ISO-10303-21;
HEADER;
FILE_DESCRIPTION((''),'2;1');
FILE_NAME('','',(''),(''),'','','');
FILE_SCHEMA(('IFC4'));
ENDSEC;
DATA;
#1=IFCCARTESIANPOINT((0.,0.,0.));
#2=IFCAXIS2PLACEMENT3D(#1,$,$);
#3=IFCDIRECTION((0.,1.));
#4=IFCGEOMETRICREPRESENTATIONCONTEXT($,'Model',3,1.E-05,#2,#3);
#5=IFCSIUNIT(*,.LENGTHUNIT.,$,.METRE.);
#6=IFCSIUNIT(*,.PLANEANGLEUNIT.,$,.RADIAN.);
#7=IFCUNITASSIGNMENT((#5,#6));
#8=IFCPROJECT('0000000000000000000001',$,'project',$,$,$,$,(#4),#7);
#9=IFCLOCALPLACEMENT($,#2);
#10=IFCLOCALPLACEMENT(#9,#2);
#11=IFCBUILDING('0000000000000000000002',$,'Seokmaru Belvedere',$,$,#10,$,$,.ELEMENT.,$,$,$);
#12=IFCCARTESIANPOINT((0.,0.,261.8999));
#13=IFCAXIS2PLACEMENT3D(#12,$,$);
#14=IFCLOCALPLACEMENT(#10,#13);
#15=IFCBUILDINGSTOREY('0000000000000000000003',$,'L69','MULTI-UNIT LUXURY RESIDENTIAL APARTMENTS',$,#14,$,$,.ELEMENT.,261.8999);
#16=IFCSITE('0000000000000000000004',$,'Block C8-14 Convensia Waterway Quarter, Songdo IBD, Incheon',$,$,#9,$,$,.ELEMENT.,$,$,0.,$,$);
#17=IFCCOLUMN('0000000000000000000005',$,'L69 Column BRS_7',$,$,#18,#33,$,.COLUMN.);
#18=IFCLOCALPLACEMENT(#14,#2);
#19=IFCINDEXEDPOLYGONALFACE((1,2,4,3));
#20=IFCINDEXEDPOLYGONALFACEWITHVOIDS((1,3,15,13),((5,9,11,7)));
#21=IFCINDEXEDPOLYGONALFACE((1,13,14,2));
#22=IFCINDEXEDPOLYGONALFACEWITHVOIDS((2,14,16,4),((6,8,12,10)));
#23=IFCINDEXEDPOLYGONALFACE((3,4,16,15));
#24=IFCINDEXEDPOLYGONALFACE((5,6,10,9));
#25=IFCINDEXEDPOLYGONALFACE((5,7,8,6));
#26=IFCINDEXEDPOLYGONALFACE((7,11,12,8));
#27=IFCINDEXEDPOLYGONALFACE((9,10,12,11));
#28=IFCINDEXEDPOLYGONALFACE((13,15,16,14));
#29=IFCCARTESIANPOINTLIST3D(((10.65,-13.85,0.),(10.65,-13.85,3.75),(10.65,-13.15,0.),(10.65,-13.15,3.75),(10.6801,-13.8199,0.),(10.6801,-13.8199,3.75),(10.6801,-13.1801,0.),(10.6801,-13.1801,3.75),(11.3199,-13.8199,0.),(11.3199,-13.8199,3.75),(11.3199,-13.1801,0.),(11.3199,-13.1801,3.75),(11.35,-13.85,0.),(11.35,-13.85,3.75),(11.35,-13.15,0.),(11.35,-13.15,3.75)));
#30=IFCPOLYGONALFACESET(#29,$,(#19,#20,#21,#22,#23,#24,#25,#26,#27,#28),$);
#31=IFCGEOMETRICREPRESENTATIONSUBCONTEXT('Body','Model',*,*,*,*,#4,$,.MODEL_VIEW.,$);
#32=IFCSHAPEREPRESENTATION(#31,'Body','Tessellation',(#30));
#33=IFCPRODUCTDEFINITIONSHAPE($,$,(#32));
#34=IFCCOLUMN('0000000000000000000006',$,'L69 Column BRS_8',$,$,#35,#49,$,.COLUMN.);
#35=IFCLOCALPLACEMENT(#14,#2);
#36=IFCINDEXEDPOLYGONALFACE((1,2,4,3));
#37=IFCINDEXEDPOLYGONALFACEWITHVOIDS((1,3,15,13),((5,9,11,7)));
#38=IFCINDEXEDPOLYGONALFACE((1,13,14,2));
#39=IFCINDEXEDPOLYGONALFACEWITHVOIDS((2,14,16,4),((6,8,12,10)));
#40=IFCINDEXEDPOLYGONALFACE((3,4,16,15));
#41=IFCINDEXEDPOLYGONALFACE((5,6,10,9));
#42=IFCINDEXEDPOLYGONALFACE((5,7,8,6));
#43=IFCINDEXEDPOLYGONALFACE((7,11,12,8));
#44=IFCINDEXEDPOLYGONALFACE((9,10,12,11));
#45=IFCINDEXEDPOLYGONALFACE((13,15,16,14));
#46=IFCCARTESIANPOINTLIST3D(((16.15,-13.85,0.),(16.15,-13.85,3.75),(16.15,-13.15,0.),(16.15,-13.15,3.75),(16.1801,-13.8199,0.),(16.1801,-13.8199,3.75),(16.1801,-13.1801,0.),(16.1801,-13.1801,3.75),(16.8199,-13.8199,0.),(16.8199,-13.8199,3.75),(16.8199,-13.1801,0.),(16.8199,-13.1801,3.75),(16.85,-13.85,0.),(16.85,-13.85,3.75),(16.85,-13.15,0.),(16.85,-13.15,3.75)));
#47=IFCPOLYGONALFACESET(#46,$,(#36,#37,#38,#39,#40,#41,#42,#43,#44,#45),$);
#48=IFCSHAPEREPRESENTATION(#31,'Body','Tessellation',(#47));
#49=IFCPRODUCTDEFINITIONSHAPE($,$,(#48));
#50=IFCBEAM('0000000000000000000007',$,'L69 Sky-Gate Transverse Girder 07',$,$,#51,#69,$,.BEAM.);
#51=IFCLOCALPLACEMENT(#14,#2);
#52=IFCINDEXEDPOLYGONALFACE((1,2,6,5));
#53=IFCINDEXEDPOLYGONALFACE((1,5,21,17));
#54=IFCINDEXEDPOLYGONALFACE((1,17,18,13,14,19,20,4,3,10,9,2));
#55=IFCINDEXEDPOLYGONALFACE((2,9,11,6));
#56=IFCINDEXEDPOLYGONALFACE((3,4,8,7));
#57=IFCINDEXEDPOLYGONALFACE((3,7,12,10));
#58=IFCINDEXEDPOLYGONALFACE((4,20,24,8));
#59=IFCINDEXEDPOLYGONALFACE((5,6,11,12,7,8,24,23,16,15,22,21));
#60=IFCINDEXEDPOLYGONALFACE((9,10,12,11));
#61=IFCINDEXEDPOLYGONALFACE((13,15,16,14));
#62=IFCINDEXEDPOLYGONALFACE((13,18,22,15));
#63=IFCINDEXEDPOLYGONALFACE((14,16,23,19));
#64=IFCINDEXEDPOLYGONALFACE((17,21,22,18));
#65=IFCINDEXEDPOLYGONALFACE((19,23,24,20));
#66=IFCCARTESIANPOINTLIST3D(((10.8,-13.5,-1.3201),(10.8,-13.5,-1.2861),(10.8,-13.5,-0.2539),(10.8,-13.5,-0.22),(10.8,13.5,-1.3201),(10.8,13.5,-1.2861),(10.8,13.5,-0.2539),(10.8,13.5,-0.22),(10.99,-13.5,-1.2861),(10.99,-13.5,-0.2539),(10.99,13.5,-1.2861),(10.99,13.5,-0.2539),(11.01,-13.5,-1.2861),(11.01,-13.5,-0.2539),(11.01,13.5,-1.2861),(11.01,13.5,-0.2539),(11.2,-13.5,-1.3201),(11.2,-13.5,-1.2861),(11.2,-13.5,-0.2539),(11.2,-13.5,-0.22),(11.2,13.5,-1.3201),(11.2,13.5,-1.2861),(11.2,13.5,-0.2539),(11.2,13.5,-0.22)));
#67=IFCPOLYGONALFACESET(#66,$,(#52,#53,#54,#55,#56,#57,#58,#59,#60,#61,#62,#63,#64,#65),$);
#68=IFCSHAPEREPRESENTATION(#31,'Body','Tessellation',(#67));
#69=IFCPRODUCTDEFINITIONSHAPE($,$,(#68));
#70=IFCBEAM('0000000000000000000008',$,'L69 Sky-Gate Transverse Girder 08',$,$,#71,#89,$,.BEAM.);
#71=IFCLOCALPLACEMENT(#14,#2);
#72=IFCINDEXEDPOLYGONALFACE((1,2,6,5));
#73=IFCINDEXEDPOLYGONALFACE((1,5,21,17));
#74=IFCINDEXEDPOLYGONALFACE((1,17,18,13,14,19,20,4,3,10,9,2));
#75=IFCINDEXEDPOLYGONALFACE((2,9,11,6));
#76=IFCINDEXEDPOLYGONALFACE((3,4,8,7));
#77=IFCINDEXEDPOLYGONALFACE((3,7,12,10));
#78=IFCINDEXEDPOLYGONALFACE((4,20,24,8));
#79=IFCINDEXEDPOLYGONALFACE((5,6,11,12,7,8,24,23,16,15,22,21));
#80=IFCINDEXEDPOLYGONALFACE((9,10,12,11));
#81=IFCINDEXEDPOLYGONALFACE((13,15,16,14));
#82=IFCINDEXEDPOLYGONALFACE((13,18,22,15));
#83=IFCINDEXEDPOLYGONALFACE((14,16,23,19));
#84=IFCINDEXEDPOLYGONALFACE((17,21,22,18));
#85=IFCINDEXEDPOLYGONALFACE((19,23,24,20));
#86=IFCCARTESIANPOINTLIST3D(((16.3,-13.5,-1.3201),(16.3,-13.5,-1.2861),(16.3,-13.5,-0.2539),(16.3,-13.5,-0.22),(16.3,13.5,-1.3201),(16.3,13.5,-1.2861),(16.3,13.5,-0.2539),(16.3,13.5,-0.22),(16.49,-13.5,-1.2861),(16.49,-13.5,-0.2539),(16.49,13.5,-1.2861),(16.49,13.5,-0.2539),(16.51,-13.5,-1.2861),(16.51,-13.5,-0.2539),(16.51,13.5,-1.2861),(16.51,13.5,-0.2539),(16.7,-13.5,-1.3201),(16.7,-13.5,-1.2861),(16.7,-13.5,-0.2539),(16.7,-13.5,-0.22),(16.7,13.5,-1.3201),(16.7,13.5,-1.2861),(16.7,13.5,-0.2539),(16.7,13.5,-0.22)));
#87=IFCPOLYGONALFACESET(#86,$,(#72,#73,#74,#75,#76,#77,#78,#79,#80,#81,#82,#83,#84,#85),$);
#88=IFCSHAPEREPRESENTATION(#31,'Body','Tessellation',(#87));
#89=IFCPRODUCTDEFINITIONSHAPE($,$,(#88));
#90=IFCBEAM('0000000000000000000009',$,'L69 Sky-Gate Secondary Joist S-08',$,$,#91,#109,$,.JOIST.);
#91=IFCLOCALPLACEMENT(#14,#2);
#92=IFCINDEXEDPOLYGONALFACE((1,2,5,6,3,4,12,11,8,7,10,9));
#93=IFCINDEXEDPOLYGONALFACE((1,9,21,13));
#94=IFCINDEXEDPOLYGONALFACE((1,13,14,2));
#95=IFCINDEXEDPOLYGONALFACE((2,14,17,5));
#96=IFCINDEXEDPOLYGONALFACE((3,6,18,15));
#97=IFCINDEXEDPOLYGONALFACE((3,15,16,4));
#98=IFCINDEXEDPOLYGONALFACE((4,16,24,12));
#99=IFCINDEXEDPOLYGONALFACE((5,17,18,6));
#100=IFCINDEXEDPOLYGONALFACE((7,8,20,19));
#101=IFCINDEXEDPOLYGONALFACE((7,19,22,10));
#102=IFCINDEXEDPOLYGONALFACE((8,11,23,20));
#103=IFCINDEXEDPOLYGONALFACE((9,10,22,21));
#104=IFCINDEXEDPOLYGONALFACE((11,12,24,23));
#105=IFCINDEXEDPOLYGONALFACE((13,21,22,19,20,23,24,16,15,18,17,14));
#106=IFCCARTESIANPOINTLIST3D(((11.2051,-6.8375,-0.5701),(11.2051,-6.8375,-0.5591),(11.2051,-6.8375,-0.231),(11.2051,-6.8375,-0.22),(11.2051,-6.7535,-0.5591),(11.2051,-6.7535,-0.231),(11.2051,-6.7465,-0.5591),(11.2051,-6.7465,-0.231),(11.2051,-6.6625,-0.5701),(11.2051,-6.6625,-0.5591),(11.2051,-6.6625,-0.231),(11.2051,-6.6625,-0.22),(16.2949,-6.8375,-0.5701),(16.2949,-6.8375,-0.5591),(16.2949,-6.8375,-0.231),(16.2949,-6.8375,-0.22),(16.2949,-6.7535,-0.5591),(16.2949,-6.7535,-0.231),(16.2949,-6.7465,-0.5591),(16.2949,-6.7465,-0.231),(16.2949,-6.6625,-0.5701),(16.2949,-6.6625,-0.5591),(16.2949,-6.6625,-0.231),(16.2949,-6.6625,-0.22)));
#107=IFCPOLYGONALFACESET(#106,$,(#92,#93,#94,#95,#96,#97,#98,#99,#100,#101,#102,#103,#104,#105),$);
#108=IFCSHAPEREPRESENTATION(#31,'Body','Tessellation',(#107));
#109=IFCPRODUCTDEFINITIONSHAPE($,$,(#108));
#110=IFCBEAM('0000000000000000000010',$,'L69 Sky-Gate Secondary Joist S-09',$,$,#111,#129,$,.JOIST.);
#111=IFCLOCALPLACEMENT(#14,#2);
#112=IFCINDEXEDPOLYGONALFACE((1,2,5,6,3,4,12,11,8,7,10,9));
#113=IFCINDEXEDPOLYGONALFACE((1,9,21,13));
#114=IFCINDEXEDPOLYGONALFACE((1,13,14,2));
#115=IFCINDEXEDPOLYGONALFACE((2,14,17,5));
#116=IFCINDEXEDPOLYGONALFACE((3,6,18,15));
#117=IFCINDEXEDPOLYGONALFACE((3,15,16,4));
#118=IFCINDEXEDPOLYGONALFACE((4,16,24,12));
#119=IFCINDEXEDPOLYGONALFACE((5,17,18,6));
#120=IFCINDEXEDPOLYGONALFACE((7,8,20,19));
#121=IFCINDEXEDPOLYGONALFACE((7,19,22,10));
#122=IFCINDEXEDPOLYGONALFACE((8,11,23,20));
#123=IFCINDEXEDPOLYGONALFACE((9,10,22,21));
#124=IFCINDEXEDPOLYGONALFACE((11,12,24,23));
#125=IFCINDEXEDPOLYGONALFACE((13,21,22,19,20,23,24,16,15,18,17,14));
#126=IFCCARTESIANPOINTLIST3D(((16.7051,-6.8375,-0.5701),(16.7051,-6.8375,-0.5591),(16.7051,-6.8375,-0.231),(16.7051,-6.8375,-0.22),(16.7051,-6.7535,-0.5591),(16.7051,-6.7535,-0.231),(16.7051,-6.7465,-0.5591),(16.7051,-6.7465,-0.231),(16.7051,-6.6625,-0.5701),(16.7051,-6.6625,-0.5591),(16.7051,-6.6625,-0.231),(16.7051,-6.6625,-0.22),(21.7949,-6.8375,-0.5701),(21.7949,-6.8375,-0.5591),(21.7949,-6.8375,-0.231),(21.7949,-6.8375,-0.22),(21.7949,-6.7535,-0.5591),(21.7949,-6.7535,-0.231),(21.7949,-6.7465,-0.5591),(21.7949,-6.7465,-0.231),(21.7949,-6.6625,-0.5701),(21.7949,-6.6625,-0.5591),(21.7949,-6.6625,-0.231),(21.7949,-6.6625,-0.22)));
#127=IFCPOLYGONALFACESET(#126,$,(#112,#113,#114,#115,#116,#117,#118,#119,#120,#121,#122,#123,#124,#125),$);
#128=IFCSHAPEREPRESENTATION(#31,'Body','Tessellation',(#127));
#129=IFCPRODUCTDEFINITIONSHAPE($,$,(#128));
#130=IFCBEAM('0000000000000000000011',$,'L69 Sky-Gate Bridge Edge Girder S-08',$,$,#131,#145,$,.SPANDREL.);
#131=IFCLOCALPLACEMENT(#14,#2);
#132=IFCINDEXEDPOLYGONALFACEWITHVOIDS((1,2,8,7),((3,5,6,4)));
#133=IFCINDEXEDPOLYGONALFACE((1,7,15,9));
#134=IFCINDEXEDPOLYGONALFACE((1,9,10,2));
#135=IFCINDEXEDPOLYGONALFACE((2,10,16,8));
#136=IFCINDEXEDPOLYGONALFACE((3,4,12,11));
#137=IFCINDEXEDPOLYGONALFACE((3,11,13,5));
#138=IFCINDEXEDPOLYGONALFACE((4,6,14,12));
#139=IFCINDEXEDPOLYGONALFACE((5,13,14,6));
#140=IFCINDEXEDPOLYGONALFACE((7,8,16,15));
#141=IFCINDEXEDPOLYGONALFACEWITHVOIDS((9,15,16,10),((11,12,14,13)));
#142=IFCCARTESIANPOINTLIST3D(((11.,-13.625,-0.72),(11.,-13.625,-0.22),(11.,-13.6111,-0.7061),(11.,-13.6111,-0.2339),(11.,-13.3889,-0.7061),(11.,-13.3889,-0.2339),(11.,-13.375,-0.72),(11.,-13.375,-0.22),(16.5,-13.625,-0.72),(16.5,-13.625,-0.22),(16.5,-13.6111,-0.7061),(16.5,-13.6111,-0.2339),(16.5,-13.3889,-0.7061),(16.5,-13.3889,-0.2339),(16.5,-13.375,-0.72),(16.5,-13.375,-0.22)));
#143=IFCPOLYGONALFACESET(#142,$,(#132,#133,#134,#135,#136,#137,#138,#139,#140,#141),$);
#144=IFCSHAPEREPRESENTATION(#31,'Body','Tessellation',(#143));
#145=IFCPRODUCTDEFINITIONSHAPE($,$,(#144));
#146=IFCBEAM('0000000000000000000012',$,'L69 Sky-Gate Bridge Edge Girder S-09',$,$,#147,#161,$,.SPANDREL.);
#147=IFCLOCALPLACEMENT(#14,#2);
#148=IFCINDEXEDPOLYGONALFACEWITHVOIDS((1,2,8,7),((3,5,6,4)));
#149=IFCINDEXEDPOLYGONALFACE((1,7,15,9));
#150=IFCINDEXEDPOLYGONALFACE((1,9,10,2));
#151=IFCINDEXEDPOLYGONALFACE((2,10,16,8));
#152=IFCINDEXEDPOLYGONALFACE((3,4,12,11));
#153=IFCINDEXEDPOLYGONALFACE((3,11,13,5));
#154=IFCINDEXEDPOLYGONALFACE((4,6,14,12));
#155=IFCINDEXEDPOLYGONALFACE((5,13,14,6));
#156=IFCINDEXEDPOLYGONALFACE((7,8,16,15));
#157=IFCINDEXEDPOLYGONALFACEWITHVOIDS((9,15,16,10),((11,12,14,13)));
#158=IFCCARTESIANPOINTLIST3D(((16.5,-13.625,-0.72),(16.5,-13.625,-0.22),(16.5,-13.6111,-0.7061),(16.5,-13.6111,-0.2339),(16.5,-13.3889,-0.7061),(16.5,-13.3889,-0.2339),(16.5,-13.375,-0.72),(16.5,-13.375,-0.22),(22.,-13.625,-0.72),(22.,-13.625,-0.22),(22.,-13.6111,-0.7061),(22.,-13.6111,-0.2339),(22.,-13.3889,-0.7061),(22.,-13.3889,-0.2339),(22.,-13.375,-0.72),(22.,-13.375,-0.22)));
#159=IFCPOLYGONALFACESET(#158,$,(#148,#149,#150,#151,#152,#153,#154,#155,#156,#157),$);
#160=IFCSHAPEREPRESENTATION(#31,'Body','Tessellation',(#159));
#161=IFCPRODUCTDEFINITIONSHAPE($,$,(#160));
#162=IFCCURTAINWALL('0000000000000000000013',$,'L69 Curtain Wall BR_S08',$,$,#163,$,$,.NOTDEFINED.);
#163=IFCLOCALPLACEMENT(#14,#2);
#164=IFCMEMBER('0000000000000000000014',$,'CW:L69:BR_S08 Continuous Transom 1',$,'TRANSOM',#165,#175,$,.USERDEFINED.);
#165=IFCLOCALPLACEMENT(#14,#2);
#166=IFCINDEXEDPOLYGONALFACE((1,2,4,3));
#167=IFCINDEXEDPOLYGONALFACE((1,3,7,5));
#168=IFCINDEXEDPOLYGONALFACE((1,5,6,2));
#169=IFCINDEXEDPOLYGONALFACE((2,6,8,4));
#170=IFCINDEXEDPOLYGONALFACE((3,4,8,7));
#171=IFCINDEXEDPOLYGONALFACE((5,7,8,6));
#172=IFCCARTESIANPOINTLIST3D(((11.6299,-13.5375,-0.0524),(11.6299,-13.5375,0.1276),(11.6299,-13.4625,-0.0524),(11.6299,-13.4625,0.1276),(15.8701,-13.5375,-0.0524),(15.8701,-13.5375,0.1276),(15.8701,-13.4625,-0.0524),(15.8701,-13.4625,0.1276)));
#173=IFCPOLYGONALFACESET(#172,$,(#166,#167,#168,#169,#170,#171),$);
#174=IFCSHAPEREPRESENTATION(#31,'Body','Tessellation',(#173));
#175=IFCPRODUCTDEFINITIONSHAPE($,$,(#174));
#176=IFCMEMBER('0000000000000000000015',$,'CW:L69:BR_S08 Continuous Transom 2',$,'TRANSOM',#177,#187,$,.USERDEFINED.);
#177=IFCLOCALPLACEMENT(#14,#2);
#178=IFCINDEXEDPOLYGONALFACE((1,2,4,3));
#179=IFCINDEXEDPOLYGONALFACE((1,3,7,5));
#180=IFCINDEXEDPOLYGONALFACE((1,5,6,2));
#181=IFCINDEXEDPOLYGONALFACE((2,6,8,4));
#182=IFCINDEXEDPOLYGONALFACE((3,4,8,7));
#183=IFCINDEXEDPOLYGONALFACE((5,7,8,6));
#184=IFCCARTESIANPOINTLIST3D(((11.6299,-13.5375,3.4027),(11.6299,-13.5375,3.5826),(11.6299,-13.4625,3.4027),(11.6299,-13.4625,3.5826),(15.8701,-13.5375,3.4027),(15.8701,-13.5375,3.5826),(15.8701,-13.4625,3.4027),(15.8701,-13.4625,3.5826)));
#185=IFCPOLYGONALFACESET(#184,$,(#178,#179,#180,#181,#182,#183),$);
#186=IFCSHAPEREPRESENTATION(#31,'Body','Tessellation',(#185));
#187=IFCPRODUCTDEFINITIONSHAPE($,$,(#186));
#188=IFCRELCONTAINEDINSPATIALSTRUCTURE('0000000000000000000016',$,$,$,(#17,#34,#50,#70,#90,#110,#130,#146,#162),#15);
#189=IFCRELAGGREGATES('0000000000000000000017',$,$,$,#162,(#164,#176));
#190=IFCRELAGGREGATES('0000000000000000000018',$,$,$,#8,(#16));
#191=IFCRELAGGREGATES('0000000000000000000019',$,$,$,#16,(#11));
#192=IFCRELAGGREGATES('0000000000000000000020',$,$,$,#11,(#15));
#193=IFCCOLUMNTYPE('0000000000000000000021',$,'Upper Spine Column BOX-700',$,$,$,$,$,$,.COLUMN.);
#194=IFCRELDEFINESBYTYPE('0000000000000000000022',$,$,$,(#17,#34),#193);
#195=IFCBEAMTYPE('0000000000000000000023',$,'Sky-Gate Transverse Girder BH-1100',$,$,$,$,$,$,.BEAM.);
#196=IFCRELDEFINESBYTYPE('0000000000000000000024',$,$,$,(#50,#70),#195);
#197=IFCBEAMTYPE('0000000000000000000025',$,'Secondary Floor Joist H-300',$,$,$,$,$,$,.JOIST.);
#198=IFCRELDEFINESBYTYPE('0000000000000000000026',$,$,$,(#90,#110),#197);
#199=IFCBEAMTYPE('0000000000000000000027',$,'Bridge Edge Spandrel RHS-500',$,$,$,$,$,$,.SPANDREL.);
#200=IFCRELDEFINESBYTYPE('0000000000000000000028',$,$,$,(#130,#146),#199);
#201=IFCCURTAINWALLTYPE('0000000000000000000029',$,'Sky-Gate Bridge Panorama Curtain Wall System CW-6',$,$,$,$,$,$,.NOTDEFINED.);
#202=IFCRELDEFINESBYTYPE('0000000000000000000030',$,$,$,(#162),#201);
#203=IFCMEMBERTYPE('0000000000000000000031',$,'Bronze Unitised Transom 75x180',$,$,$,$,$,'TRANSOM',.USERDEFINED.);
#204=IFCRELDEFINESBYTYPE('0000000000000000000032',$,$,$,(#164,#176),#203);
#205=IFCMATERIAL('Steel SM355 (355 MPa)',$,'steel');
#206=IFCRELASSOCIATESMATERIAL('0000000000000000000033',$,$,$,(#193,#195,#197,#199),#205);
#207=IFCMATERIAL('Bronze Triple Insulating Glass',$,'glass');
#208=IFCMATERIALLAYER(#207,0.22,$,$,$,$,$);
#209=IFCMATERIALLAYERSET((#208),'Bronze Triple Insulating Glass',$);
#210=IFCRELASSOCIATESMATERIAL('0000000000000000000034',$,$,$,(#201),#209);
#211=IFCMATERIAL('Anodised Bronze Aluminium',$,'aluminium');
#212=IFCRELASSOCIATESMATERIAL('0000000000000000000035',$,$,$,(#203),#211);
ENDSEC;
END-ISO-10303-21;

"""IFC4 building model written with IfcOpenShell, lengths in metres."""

from ifc_helpers import new_model, si_unit, direction, frame, origin, origin_2d, place, context, subcontext, project, spatial, rectangle, hollow_rectangle, i_section, extrude, source, transform, mapped, material, layer, layer_set, material_profile, profile_set, type_object, type_shapes, element, aggregate, save


model = new_model("IFC4")

# Units and contexts
model_context = context("Model", 3, precision=1e-05, world=origin(), true_north=direction((0.0, 1.0)))
body_context = subcontext(model_context, "Body", "Model", "MODEL_VIEW")
ifc_project = project(units=[si_unit("LENGTHUNIT", "METRE"), si_unit("PLANEANGLEUNIT", "RADIAN")], contexts=[model_context])

# Site, building, storey
site_placement = place(None, origin())
site = spatial("IfcSite", under=ifc_project, at=site_placement, Name="Block C8-14 Convensia Waterway Quarter, Songdo IBD, Incheon", CompositionType="ELEMENT", RefElevation=0.0)
building_placement = place(site_placement, origin())
building = spatial("IfcBuilding", under=site, at=building_placement, Name="Seokmaru Belvedere", CompositionType="ELEMENT")
storey_placement = place(building_placement, frame((0.0, 0.0, 261.8999)))
storey = spatial("IfcBuildingStorey", under=building, at=storey_placement, Name="L69", Description="MULTI-UNIT LUXURY RESIDENTIAL APARTMENTS", CompositionType="ELEMENT", Elevation=261.8999)

# Columns
ifc_material_1 = material(Name="Steel SM355 (355 MPa)", Category="steel")
ifc_material_profile_1 = material_profile(ifc_material_1, hollow_rectangle(XDim=0.7, YDim=0.7, WallThickness=0.03, at=origin_2d()), Name="BOX-700x700x30")
ifc_profile_set_1 = profile_set([ifc_material_profile_1], Name="Steel SM355 (355 MPa)")
column_type = type_object("IfcColumnType", Name="Upper Spine Column BOX-700", PredefinedType="COLUMN", material=ifc_profile_set_1)
shared_shape_1 = source(origin(), body_context, "Body", "SweptSolid", [
    extrude(hollow_rectangle(XDim=0.7, YDim=0.7, WallThickness=0.03, at=origin_2d()), origin(), (0.0, 0.0, 1.0), 3.75),
])
type_shapes(column_type, [shared_shape_1])
for number, where, z_axis, x_axis, name in (
    (1, (11.0, -13.5, 0.0), (0.0, 0.0, 1.0), (1.0, 0.0, 0.0), "L69 Column BRS_7"),
    (2, (16.5, -13.5, 0.0), (0.0, 0.0, 1.0), (1.0, 0.0, 0.0), "L69 Column BRS_8"),
):
    element("IfcColumn", number, at=place(storey_placement, frame(where, z_axis=z_axis, x_axis=x_axis)), inside=storey, type_object=column_type, Name=name, PredefinedType="COLUMN", context=body_context, shape_type="MappedRepresentation", body=[
        mapped(shared_shape_1, transform((0.0, 0.0, 0.0), scale=1.0)),
    ])

# Beams
ifc_material_profile_2 = material_profile(ifc_material_1, i_section(OverallWidth=0.3999, OverallDepth=1.1001, WebThickness=0.02, FlangeThickness=0.0339, at=origin_2d()), Name="BH-1100x400x20x34")
ifc_profile_set_2 = profile_set([ifc_material_profile_2], Name="Steel SM355 (355 MPa)")
beam_type_1 = type_object("IfcBeamType", Name="Sky-Gate Transverse Girder BH-1100", PredefinedType="BEAM", material=ifc_profile_set_2)
shared_shape_2 = source(origin(), body_context, "Body", "SweptSolid", [
    extrude(i_section(OverallWidth=0.3999, OverallDepth=1.1001, WebThickness=0.02, FlangeThickness=0.0339, at=origin_2d()), origin(), (0.0, 0.0, 1.0), 27.0),
])
type_shapes(beam_type_1, [shared_shape_2])
for number, where, z_axis, x_axis, name in (
    (3, (11.0, -13.5, -0.77), (0.0, 1.0, 0.0), (-1.0, 0.0, 0.0), "L69 Sky-Gate Transverse Girder 07"),
    (4, (16.5, -13.5, -0.77), (0.0, 1.0, 0.0), (-1.0, 0.0, 0.0), "L69 Sky-Gate Transverse Girder 08"),
):
    element("IfcBeam", number, at=place(storey_placement, frame(where, z_axis=z_axis, x_axis=x_axis)), inside=storey, type_object=beam_type_1, Name=name, PredefinedType="BEAM", context=body_context, shape_type="MappedRepresentation", body=[
        mapped(shared_shape_2, transform((0.0, 0.0, 0.0), scale=1.0)),
    ])
ifc_material_profile_3 = material_profile(ifc_material_1, i_section(OverallWidth=0.175, OverallDepth=0.3501, WebThickness=0.0071, FlangeThickness=0.011, at=origin_2d()), Name="H-350x175x7x11")
ifc_profile_set_3 = profile_set([ifc_material_profile_3], Name="Steel SM355 (355 MPa)")
beam_type_2 = type_object("IfcBeamType", Name="Secondary Floor Joist H-300", PredefinedType="JOIST", material=ifc_profile_set_3)
shared_shape_3 = source(origin(), body_context, "Body", "SweptSolid", [
    extrude(i_section(OverallWidth=0.175, OverallDepth=0.3501, WebThickness=0.0071, FlangeThickness=0.011, at=origin_2d()), origin(), (0.0, 0.0, 1.0), 5.0898),
])
type_shapes(beam_type_2, [shared_shape_3])
for number, where, z_axis, x_axis, name in (
    (5, (11.2051, -6.75, -0.395), (1.0, 0.0, 0.0), (0.0, 1.0, 0.0), "L69 Sky-Gate Secondary Joist S-08"),
    (6, (16.7051, -6.75, -0.395), (1.0, 0.0, 0.0), (0.0, 1.0, 0.0), "L69 Sky-Gate Secondary Joist S-09"),
):
    element("IfcBeam", number, at=place(storey_placement, frame(where, z_axis=z_axis, x_axis=x_axis)), inside=storey, type_object=beam_type_2, Name=name, PredefinedType="JOIST", context=body_context, shape_type="MappedRepresentation", body=[
        mapped(shared_shape_3, transform((0.0, 0.0, 0.0), scale=1.0)),
    ])
ifc_material_profile_4 = material_profile(ifc_material_1, hollow_rectangle(XDim=0.25, YDim=0.5, WallThickness=0.0139, at=origin_2d()), Name="RHS-500x250x14")
ifc_profile_set_4 = profile_set([ifc_material_profile_4], Name="Steel SM355 (355 MPa)")
beam_type_3 = type_object("IfcBeamType", Name="Bridge Edge Spandrel RHS-500", PredefinedType="SPANDREL", material=ifc_profile_set_4)
shared_shape_4 = source(origin(), body_context, "Body", "SweptSolid", [
    extrude(hollow_rectangle(XDim=0.25, YDim=0.5, WallThickness=0.0139, at=origin_2d()), origin(), (0.0, 0.0, 1.0), 5.5),
])
type_shapes(beam_type_3, [shared_shape_4])
for number, where, z_axis, x_axis, name in (
    (7, (11.0, -13.5, -0.47), (1.0, 0.0, 0.0), (0.0, 1.0, 0.0), "L69 Sky-Gate Bridge Edge Girder S-08"),
    (8, (16.5, -13.5, -0.47), (1.0, 0.0, 0.0), (0.0, 1.0, 0.0), "L69 Sky-Gate Bridge Edge Girder S-09"),
):
    element("IfcBeam", number, at=place(storey_placement, frame(where, z_axis=z_axis, x_axis=x_axis)), inside=storey, type_object=beam_type_3, Name=name, PredefinedType="SPANDREL", context=body_context, shape_type="MappedRepresentation", body=[
        mapped(shared_shape_4, transform((0.0, 0.0, 0.0), scale=1.0)),
    ])

# Curtain wall, members
ifc_material_2 = material(Name="Bronze Triple Insulating Glass", Category="glass")
ifc_layer_1 = layer(ifc_material_2, 0.22)
ifc_layer_set_1 = layer_set([ifc_layer_1], Name="Bronze Triple Insulating Glass")
curtain_wall_type = type_object("IfcCurtainWallType", Name="Sky-Gate Bridge Panorama Curtain Wall System CW-6", PredefinedType="NOTDEFINED", material=ifc_layer_set_1)
curtain_wall_1_placement = place(storey_placement, origin())
curtain_wall_1 = element("IfcCurtainWall", 9, at=curtain_wall_1_placement, inside=storey, type_object=curtain_wall_type, Name="L69 Curtain Wall BR_S08", PredefinedType="NOTDEFINED")
ifc_material_3 = material(Name="Anodised Bronze Aluminium", Category="aluminium")
ifc_material_profile_5 = material_profile(ifc_material_3, rectangle(XDim=0.075, YDim=0.1799, at=origin_2d()), Name="CW-T-75x180")
ifc_profile_set_5 = profile_set([ifc_material_profile_5], Name="Anodised Bronze Aluminium")
member_type_1 = type_object("IfcMemberType", Name="Bronze Unitised Transom 75x180", ElementType="TRANSOM", PredefinedType="USERDEFINED", material=ifc_profile_set_5)
shared_shape_5 = source(origin(), body_context, "Body", "SweptSolid", [
    extrude(rectangle(XDim=0.075, YDim=0.1799, at=origin_2d()), origin(), (0.0, 0.0, 1.0), 4.2402),
])
type_shapes(member_type_1, [shared_shape_5])
member_1_placement = place(storey_placement, frame((11.6299, -13.5, 0.0376), z_axis=(1.0, 0.0, 0.0), x_axis=(0.0, 1.0, 0.0)))
member_1 = element("IfcMember", 10, at=member_1_placement, type_object=member_type_1, Name="CW:L69:BR_S08 Continuous Transom 1", ObjectType="TRANSOM", PredefinedType="USERDEFINED", context=body_context, shape_type="MappedRepresentation", body=[
    mapped(shared_shape_5, transform((0.0, 0.0, 0.0), scale=1.0)),
])
member_2_placement = place(storey_placement, frame((11.6299, -13.5, 3.4927), z_axis=(1.0, 0.0, 0.0), x_axis=(0.0, 1.0, 0.0)))
member_2 = element("IfcMember", 11, at=member_2_placement, type_object=member_type_1, Name="CW:L69:BR_S08 Continuous Transom 2", ObjectType="TRANSOM", PredefinedType="USERDEFINED", context=body_context, shape_type="MappedRepresentation", body=[
    mapped(shared_shape_5, transform((0.0, 0.0, 0.0), scale=1.0)),
])

aggregate(curtain_wall_1, [member_1, member_2])

save(model, "model.ifc")
